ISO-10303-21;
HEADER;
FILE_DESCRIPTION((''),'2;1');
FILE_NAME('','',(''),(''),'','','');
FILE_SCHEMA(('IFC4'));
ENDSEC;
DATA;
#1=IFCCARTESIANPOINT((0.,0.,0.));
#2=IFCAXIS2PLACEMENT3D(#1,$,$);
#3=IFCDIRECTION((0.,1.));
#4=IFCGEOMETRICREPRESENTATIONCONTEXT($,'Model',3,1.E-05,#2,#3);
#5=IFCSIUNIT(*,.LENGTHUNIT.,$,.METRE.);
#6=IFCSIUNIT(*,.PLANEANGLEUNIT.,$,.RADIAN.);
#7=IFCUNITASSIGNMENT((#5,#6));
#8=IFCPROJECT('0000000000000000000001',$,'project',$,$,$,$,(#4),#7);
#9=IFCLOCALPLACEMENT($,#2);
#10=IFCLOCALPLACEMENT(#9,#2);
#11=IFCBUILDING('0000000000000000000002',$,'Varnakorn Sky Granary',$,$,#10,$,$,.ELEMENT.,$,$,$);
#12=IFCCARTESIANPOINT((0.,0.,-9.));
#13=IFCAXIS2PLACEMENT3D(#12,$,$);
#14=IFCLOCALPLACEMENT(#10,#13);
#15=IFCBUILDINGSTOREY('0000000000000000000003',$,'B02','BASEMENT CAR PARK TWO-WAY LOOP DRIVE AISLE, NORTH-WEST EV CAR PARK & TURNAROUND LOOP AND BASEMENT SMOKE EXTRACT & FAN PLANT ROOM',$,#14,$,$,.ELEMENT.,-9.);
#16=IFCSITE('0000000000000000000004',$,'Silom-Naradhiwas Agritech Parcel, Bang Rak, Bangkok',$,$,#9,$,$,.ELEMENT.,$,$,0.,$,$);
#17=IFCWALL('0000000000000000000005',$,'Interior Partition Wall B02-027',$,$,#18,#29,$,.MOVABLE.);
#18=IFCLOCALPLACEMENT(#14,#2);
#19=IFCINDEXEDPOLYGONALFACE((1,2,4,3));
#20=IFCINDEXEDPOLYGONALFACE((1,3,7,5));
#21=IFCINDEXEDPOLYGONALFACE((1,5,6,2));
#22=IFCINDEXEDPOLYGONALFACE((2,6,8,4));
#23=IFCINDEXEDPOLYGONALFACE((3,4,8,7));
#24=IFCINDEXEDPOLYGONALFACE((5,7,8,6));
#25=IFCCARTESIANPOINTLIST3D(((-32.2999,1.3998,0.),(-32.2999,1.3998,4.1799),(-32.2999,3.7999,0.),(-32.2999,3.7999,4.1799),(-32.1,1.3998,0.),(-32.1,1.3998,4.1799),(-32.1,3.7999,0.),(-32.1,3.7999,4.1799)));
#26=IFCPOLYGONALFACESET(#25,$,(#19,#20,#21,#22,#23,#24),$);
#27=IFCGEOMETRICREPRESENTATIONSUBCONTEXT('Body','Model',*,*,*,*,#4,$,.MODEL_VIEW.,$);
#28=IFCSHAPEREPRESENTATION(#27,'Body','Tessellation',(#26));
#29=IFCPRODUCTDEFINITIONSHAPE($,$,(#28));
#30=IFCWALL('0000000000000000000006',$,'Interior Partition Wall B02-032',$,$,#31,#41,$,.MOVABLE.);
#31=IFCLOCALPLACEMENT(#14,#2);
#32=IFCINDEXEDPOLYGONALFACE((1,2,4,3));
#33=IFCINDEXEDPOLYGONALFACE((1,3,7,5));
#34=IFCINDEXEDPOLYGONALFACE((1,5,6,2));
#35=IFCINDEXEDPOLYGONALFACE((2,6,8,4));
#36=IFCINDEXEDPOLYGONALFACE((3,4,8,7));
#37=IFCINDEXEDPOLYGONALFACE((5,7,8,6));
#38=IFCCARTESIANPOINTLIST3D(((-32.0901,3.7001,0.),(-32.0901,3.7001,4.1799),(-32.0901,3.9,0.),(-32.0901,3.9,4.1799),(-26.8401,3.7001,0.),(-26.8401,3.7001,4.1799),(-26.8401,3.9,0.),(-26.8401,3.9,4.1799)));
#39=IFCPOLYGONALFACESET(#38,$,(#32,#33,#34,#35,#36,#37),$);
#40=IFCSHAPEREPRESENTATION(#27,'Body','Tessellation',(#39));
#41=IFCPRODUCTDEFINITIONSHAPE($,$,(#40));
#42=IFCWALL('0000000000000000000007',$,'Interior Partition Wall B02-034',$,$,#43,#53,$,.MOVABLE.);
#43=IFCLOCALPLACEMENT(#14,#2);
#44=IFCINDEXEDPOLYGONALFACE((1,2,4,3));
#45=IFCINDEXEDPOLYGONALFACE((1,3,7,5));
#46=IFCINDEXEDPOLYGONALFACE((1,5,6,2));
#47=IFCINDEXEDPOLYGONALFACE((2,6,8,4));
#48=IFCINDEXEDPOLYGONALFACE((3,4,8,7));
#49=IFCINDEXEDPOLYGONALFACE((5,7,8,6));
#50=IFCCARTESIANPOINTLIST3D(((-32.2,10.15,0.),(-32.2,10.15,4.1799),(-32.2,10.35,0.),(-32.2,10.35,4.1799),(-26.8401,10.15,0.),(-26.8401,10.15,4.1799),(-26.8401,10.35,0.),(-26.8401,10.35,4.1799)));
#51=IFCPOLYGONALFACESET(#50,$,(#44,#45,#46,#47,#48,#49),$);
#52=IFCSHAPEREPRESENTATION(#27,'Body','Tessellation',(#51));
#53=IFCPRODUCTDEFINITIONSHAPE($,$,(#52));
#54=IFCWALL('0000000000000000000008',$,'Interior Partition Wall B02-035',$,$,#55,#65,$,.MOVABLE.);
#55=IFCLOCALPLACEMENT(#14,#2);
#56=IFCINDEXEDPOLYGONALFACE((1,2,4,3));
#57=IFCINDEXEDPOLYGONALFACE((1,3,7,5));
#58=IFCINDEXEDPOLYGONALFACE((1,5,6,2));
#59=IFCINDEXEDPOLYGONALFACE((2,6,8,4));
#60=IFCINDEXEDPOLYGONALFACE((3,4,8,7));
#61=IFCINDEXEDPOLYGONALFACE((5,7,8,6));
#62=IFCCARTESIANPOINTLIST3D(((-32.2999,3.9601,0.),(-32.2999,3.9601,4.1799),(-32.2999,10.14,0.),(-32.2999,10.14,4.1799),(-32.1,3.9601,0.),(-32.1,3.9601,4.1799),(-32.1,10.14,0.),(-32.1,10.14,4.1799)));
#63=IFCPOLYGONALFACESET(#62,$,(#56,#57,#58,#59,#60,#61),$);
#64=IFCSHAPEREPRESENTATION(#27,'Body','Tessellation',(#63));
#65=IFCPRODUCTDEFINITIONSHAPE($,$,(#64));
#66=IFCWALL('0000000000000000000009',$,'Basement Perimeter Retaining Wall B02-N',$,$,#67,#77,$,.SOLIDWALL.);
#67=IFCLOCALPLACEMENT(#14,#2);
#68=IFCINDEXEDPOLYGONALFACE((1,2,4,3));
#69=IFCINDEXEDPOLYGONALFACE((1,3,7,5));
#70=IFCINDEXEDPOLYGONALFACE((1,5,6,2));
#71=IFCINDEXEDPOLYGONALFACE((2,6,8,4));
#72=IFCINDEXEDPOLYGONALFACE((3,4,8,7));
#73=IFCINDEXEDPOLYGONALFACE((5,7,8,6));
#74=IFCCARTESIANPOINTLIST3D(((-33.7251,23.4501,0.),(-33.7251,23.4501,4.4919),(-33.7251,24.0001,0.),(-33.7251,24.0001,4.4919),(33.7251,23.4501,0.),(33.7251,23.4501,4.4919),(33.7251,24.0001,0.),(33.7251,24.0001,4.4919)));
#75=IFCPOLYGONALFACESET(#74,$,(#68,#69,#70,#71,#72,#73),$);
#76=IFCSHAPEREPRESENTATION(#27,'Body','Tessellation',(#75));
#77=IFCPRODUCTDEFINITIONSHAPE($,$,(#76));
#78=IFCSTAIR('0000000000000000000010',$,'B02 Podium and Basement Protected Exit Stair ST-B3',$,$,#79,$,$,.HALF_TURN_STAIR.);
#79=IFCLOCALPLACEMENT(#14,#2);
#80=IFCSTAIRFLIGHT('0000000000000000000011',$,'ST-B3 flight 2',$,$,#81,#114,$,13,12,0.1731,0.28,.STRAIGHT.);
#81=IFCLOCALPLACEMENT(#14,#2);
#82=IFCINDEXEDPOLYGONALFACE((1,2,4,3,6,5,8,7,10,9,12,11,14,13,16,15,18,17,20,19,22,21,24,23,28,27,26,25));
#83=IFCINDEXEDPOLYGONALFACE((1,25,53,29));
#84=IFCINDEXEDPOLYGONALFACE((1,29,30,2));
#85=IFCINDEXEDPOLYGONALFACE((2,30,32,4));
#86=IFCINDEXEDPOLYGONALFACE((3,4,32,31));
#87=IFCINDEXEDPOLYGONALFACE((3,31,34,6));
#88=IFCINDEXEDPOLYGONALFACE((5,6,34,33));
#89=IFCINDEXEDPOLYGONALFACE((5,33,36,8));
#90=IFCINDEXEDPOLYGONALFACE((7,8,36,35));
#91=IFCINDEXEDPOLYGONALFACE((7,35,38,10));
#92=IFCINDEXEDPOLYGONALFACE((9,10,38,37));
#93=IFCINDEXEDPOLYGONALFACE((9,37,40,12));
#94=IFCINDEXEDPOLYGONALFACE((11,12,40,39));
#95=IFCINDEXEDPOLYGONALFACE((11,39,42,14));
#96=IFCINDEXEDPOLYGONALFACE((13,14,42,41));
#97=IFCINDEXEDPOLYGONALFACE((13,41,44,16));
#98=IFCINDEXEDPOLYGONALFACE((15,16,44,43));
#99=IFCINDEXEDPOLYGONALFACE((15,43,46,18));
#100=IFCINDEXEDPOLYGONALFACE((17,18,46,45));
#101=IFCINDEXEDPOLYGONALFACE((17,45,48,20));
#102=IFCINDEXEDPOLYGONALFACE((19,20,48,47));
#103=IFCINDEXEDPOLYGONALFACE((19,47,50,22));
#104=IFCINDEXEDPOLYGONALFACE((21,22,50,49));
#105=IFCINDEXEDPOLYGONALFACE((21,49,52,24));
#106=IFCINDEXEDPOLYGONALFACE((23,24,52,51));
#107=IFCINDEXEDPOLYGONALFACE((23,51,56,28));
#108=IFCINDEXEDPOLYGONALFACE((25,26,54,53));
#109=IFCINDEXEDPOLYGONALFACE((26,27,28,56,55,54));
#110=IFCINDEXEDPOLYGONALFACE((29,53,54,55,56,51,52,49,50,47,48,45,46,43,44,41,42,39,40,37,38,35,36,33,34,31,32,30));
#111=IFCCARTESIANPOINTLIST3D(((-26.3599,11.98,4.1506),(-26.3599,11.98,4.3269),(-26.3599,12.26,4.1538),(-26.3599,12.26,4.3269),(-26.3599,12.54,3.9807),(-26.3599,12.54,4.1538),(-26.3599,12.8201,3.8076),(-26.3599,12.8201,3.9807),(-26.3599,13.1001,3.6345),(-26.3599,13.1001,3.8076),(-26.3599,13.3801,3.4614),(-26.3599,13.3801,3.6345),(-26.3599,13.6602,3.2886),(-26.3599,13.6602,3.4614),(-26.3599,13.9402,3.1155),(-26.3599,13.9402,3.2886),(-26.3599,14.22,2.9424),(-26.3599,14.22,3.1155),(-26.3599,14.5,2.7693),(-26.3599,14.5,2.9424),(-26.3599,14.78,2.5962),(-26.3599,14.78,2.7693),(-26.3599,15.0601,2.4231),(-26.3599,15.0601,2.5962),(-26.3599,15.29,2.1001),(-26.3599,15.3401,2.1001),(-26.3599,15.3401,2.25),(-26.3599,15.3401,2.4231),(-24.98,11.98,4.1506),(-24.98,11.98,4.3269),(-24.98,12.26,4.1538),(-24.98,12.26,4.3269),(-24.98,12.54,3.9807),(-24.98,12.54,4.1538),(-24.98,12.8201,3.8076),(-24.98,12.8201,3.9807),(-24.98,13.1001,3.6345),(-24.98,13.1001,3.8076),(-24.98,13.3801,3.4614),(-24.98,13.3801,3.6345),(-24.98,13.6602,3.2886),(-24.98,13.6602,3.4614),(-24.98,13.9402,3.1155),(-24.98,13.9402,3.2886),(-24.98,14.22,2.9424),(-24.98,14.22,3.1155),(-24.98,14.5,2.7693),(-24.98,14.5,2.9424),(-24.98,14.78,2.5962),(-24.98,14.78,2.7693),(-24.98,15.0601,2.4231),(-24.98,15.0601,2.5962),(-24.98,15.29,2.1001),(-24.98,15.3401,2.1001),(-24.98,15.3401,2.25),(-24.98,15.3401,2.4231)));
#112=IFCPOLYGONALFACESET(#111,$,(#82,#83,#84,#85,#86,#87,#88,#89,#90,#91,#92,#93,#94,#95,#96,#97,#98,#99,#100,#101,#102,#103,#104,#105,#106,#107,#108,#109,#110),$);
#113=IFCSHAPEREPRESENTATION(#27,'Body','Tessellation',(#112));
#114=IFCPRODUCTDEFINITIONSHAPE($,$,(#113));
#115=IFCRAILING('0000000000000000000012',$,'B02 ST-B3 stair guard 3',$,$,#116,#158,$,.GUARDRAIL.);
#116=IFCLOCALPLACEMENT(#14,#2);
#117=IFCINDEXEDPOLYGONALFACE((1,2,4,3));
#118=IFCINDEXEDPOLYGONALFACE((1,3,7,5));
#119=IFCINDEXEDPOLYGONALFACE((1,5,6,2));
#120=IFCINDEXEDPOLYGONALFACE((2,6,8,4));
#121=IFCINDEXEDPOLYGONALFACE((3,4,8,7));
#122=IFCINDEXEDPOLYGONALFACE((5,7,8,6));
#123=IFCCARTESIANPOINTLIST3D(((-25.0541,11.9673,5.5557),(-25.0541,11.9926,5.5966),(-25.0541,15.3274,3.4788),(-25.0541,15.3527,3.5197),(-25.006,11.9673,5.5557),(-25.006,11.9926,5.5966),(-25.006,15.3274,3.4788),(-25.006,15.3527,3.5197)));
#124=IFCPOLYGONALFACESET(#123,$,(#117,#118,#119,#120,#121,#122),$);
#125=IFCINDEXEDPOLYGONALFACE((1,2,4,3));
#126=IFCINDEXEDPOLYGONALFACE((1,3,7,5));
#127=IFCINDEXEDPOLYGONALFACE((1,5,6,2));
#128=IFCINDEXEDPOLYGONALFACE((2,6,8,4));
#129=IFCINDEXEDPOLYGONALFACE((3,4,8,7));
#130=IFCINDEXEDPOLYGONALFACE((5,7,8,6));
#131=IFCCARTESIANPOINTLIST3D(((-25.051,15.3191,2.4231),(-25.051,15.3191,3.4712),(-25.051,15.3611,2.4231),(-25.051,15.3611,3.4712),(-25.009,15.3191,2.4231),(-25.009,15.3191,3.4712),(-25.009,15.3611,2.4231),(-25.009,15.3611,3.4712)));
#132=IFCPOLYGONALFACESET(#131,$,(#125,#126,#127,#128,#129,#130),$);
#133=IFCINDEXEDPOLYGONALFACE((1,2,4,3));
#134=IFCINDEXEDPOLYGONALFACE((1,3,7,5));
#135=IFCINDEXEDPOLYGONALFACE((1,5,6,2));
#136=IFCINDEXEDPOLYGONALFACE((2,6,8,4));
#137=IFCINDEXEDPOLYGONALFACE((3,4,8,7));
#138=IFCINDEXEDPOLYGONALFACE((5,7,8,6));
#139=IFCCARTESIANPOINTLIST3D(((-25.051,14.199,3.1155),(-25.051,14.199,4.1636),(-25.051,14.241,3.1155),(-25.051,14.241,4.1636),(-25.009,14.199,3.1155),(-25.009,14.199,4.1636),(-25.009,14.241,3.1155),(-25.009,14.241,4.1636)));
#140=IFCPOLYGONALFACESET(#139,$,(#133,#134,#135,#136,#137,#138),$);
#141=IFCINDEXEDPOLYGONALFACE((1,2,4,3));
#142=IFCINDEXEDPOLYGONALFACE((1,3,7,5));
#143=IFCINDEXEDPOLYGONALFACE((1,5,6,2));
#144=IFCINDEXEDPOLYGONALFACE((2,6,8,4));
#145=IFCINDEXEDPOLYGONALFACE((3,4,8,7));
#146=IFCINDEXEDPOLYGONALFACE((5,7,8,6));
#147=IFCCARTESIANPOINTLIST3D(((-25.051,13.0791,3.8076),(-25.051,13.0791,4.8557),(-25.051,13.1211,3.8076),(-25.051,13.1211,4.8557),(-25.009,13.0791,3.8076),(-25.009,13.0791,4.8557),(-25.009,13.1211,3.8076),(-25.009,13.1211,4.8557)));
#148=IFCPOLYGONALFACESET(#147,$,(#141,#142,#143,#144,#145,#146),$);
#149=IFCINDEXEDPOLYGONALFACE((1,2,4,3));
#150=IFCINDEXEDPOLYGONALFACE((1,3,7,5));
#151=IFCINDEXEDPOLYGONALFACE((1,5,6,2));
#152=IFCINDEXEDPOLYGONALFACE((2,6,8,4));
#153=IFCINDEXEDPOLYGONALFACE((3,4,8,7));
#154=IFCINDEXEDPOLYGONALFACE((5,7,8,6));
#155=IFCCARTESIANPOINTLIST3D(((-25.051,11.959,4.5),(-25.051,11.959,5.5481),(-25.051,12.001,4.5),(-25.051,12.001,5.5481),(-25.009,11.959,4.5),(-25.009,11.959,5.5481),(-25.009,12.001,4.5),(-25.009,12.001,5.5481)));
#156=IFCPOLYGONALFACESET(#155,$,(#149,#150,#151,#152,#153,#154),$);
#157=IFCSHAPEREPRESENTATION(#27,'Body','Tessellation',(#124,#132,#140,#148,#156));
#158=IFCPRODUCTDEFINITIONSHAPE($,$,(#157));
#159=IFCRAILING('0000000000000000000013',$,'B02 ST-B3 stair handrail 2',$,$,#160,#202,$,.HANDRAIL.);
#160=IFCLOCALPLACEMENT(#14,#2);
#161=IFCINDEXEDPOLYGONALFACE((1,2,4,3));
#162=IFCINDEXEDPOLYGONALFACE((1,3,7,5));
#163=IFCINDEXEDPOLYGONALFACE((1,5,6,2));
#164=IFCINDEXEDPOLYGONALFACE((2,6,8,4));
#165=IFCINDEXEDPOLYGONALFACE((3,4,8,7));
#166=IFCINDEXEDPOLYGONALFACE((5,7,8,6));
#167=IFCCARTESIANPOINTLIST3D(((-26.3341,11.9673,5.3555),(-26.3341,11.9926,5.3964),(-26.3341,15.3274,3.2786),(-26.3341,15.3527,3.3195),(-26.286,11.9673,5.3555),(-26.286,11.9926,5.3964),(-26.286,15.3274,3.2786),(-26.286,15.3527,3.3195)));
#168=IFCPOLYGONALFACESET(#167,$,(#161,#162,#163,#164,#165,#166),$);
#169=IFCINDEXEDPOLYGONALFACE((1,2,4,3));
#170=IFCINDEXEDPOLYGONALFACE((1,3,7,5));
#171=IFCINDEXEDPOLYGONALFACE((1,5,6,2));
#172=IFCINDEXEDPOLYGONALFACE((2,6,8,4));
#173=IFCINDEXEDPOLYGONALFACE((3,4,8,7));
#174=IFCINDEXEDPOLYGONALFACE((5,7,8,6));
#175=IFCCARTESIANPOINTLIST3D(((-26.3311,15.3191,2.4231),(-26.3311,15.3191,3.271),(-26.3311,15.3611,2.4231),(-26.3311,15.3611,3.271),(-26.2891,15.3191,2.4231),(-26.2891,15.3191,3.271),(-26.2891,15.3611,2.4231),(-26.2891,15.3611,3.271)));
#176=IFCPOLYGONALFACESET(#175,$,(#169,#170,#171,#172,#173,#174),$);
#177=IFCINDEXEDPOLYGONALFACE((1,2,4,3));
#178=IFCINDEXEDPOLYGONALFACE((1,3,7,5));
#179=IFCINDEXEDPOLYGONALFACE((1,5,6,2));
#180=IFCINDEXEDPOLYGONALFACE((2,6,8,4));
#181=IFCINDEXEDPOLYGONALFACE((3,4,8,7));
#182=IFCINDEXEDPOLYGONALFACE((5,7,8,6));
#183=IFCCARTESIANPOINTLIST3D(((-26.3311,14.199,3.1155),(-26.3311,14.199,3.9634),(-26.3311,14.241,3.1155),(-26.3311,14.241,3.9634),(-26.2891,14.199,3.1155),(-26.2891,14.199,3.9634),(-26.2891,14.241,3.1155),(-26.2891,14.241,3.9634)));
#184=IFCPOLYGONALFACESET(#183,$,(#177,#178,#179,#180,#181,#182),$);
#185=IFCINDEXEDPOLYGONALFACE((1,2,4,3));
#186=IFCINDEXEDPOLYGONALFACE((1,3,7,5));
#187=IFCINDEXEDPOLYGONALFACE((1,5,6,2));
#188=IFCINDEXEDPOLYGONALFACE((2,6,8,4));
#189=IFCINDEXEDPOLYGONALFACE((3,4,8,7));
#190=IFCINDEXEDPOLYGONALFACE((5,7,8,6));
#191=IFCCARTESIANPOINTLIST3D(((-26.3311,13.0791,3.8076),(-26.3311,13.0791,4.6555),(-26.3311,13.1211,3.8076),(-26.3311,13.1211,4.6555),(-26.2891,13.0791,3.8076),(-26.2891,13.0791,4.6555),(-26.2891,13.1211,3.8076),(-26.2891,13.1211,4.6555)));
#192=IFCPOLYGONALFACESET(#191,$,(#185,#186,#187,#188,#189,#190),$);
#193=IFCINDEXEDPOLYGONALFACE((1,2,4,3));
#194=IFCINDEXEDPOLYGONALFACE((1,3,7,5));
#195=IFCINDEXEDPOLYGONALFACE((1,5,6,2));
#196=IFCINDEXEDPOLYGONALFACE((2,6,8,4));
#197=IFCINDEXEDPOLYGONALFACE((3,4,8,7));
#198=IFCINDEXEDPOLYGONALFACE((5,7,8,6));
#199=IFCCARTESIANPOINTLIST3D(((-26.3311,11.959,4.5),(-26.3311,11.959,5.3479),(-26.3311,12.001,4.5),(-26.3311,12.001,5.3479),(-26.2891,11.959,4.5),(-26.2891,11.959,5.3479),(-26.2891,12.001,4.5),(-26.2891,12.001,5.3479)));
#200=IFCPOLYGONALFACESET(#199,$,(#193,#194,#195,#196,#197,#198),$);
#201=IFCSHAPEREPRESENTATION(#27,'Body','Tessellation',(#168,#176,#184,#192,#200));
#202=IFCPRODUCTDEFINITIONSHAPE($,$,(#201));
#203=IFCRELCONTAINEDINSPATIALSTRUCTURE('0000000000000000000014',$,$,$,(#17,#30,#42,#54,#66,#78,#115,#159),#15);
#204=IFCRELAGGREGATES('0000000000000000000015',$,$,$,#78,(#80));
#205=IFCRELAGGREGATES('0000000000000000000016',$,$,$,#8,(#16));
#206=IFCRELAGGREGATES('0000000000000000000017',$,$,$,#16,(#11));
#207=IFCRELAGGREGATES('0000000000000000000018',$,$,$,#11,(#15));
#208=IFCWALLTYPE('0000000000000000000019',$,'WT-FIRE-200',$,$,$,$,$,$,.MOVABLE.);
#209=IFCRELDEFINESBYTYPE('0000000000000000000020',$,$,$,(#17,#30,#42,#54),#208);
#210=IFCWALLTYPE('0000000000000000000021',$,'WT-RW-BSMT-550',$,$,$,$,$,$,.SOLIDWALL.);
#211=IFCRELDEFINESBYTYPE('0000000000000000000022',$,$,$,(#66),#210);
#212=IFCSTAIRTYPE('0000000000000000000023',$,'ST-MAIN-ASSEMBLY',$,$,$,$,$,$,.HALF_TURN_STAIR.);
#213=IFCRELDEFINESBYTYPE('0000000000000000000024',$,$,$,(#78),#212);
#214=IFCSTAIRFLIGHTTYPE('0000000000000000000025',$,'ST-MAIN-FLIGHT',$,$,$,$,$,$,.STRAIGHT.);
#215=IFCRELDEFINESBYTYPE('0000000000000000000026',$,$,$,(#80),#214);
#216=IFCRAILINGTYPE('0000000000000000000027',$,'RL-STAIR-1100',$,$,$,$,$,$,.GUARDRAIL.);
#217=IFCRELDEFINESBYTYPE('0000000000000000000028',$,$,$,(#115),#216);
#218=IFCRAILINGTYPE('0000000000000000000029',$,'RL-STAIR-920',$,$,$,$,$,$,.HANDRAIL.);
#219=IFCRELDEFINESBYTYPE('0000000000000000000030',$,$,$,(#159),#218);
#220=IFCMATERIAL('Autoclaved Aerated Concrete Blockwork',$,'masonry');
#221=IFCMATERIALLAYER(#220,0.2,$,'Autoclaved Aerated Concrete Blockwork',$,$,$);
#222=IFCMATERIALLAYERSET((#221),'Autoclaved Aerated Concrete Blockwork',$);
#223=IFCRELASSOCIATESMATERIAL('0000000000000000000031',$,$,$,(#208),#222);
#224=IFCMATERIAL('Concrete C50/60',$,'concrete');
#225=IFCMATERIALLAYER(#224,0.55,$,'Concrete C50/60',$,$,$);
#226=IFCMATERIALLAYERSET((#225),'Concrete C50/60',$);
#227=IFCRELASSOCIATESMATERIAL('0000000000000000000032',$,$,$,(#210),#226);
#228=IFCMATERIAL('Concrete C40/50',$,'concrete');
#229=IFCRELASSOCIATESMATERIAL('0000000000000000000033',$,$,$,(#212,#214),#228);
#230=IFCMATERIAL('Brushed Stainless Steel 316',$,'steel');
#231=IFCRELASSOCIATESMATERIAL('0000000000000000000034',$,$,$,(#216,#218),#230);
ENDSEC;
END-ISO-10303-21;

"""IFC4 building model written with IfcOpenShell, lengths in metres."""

from ifc_helpers import new_model, si_unit, direction, frame, frame_2d, origin, origin_2d, place, context, subcontext, project, spatial, polyline, rectangle, outline, extrude, material, layer, layer_set, type_object, element, aggregate, save


model = new_model("IFC4")

# Units and contexts
model_context = context("Model", 3, precision=1e-05, world=origin(), true_north=direction((0.0, 1.0)))
body_context = subcontext(model_context, "Body", "Model", "MODEL_VIEW")
ifc_project = project(units=[si_unit("LENGTHUNIT", "METRE"), si_unit("PLANEANGLEUNIT", "RADIAN")], contexts=[model_context])

# Site, building, storey
site_placement = place(None, origin())
site = spatial("IfcSite", under=ifc_project, at=site_placement, Name="Silom-Naradhiwas Agritech Parcel, Bang Rak, Bangkok", CompositionType="ELEMENT", RefElevation=0.0)
building_placement = place(site_placement, origin())
building = spatial("IfcBuilding", under=site, at=building_placement, Name="Varnakorn Sky Granary", CompositionType="ELEMENT")
storey_placement = place(building_placement, frame((0.0, 0.0, -9.0)))
storey = spatial("IfcBuildingStorey", under=building, at=storey_placement, Name="B02", Description="BASEMENT CAR PARK TWO-WAY LOOP DRIVE AISLE, NORTH-WEST EV CAR PARK & TURNAROUND LOOP AND BASEMENT SMOKE EXTRACT & FAN PLANT ROOM", CompositionType="ELEMENT", Elevation=-9.0)

# Shared definitions
ifc_material_1 = material(Name="Concrete C50/60", Category="concrete")

# Shared definitions
ifc_material_2 = material(Name="Autoclaved Aerated Concrete Blockwork", Category="masonry")
ifc_layer_1 = layer(ifc_material_2, 0.2, Name="Autoclaved Aerated Concrete Blockwork")
ifc_layer_set_1 = layer_set([ifc_layer_1], Name="Autoclaved Aerated Concrete Blockwork")
wall_type_1 = type_object("IfcWallType", Name="WT-FIRE-200", PredefinedType="MOVABLE", material=ifc_layer_set_1)

# Walls
wall_1_placement = place(storey_placement, frame((-32.2, 3.8, 0.0), z_axis=(0.0, 0.0, 1.0), x_axis=(0.0, -1.0, 0.0)))
element("IfcWall", 1, at=wall_1_placement, inside=storey, type_object=wall_type_1, Name="Interior Partition Wall B02-027", PredefinedType="MOVABLE", context=body_context, shape_type="SweptSolid", body=[
    extrude(rectangle(XDim=2.4001, YDim=0.2, at=frame_2d((1.2002, 0.0))), origin(), (0.0, 0.0, 1.0), 4.1799),
])
wall_2_placement = place(storey_placement, frame((-26.8401, 3.8, 0.0), z_axis=(0.0, 0.0, 1.0), x_axis=(-1.0, 0.0, 0.0)))
element("IfcWall", 2, at=wall_2_placement, inside=storey, type_object=wall_type_1, Name="Interior Partition Wall B02-032", PredefinedType="MOVABLE", context=body_context, shape_type="SweptSolid", body=[
    extrude(rectangle(XDim=5.25, YDim=0.2, at=frame_2d((2.625, 0.0))), origin(), (0.0, 0.0, 1.0), 4.1799),
])
wall_3_placement = place(storey_placement, frame((-26.8401, 10.25, 0.0), z_axis=(0.0, 0.0, 1.0), x_axis=(-1.0, 0.0, 0.0)))
element("IfcWall", 3, at=wall_3_placement, inside=storey, type_object=wall_type_1, Name="Interior Partition Wall B02-034", PredefinedType="MOVABLE", context=body_context, shape_type="SweptSolid", body=[
    extrude(rectangle(XDim=5.3599, YDim=0.2, at=frame_2d((2.6799, 0.0))), origin(), (0.0, 0.0, 1.0), 4.1799),
])
wall_4_placement = place(storey_placement, frame((-32.2, 10.1399, 0.0), z_axis=(0.0, 0.0, 1.0), x_axis=(0.0, -1.0, 0.0)))
element("IfcWall", 4, at=wall_4_placement, inside=storey, type_object=wall_type_1, Name="Interior Partition Wall B02-035", PredefinedType="MOVABLE", context=body_context, shape_type="SweptSolid", body=[
    extrude(rectangle(XDim=6.1799, YDim=0.2, at=frame_2d((3.0898, 0.0))), origin(), (0.0, 0.0, 1.0), 4.1799),
])
ifc_layer_2 = layer(ifc_material_1, 0.55, Name="Concrete C50/60")
ifc_layer_set_2 = layer_set([ifc_layer_2], Name="Concrete C50/60")
wall_type_2 = type_object("IfcWallType", Name="WT-RW-BSMT-550", PredefinedType="SOLIDWALL", material=ifc_layer_set_2)
wall_5_placement = place(storey_placement, frame((-33.7251, 23.7251, 0.0), z_axis=(0.0, 0.0, 1.0), x_axis=(1.0, 0.0, 0.0)))
element("IfcWall", 5, at=wall_5_placement, inside=storey, type_object=wall_type_2, Name="Basement Perimeter Retaining Wall B02-N", PredefinedType="SOLIDWALL", context=body_context, shape_type="SweptSolid", body=[
    extrude(rectangle(XDim=67.4502, YDim=0.55, at=frame_2d((33.7251, 0.0))), origin(), (0.0, 0.0, 1.0), 4.4919),
])

# Stair, stair flight
ifc_material_3 = material(Name="Concrete C40/50", Category="concrete")
stair_type = type_object("IfcStairType", Name="ST-MAIN-ASSEMBLY", PredefinedType="HALF_TURN_STAIR", material=ifc_material_3)
stair_placement = place(storey_placement, origin())
stair = element("IfcStair", 6, at=stair_placement, inside=storey, type_object=stair_type, Name="B02 Podium and Basement Protected Exit Stair ST-B3", PredefinedType="HALF_TURN_STAIR")
stair_flight_type = type_object("IfcStairFlightType", Name="ST-MAIN-FLIGHT", PredefinedType="STRAIGHT", material=ifc_material_3)
stair_flight_placement = place(storey_placement, frame((-25.6699, 15.3401, 2.25), z_axis=(0.0, 0.0, 1.0), x_axis=(0.0, -1.0, 0.0)))
stair_flight = element("IfcStairFlight", 7, at=stair_flight_placement, type_object=stair_flight_type, Name="ST-B3 flight 2", NumberOfRisers=13, NumberOfTreads=12, PredefinedType="STRAIGHT", RiserHeight=0.1731, TreadLength=0.28, context=body_context, shape_type="SweptSolid", body=[
    extrude(outline(polyline([(0.0, -0.1499), (0.0, 0.0), (0.0, 0.1731), (0.28, 0.1731), (0.28, 0.3462), (0.5601, 0.3462), (0.5601, 0.5193), (0.8401, 0.5193), (0.8401, 0.6924), (1.1201, 0.6924), (1.1201, 0.8655), (1.3999, 0.8655), (1.3999, 1.0386), (1.6799, 1.0386), (1.6799, 1.2114), (1.96, 1.2114), (1.96, 1.3845), (2.24, 1.3845), (2.24, 1.5576), (2.52, 1.5576), (2.52, 1.7307), (2.8, 1.7307), (2.8, 1.9038), (3.0801, 1.9038), (3.0801, 2.0769), (3.3601, 2.0769), (3.3601, 2.25), (3.3601, 1.9006), (0.05, -0.1499), (0.0, -0.1499)])), frame((0.0, 0.6899, 0.0), z_axis=(0.0, -1.0, 0.0), x_axis=(1.0, 0.0, 0.0)), (0.0, 0.0, 1.0), 1.3799),
])
aggregate(stair, [stair_flight])

# Railings
ifc_material_4 = material(Name="Brushed Stainless Steel 316", Category="steel")
railing_type_1 = type_object("IfcRailingType", Name="RL-STAIR-1100", PredefinedType="GUARDRAIL", material=ifc_material_4)
railing_1_placement = place(storey_placement, frame((-25.03, 15.3401, 2.4231)))
element("IfcRailing", 8, at=railing_1_placement, inside=storey, type_object=railing_type_1, Name="B02 ST-B3 stair guard 3", PredefinedType="GUARDRAIL", context=body_context, shape_type="SweptSolid", body=[
    extrude(rectangle(XDim=0.0481, YDim=0.0481, at=origin_2d()), frame((0.0, 0.0, 1.0762), z_axis=(0.0, -0.850623, 0.525776), x_axis=(1.0, 0.0, 0.0)), (0.0, 0.0, 1.0), 3.9502),
    extrude(rectangle(XDim=0.042, YDim=0.042, at=origin_2d()), origin(), (0.0, 0.0, 1.0), 1.0481),
    extrude(rectangle(XDim=0.042, YDim=0.042, at=origin_2d()), frame((0.0, -1.1201, 0.6924)), (0.0, 0.0, 1.0), 1.0481),
    extrude(rectangle(XDim=0.042, YDim=0.042, at=origin_2d()), frame((0.0, -2.24, 1.3845)), (0.0, 0.0, 1.0), 1.0481),
    extrude(rectangle(XDim=0.042, YDim=0.042, at=origin_2d()), frame((0.0, -3.3601, 2.0769)), (0.0, 0.0, 1.0), 1.0481),
])
railing_type_2 = type_object("IfcRailingType", Name="RL-STAIR-920", PredefinedType="HANDRAIL", material=ifc_material_4)
railing_2_placement = place(storey_placement, frame((-26.3101, 15.3401, 2.4231)))
element("IfcRailing", 9, at=railing_2_placement, inside=storey, type_object=railing_type_2, Name="B02 ST-B3 stair handrail 2", PredefinedType="HANDRAIL", context=body_context, shape_type="SweptSolid", body=[
    extrude(rectangle(XDim=0.0481, YDim=0.0481, at=origin_2d()), frame((0.0, 0.0, 0.876), z_axis=(0.0, -0.850623, 0.525776), x_axis=(1.0, 0.0, 0.0)), (0.0, 0.0, 1.0), 3.9502),
    extrude(rectangle(XDim=0.042, YDim=0.042, at=origin_2d()), origin(), (0.0, 0.0, 1.0), 0.8479),
    extrude(rectangle(XDim=0.042, YDim=0.042, at=origin_2d()), frame((0.0, -1.1201, 0.6924)), (0.0, 0.0, 1.0), 0.8479),
    extrude(rectangle(XDim=0.042, YDim=0.042, at=origin_2d()), frame((0.0, -2.24, 1.3845)), (0.0, 0.0, 1.0), 0.8479),
    extrude(rectangle(XDim=0.042, YDim=0.042, at=origin_2d()), frame((0.0, -3.3601, 2.0769)), (0.0, 0.0, 1.0), 0.8479),
])

save(model, "model.ifc")
